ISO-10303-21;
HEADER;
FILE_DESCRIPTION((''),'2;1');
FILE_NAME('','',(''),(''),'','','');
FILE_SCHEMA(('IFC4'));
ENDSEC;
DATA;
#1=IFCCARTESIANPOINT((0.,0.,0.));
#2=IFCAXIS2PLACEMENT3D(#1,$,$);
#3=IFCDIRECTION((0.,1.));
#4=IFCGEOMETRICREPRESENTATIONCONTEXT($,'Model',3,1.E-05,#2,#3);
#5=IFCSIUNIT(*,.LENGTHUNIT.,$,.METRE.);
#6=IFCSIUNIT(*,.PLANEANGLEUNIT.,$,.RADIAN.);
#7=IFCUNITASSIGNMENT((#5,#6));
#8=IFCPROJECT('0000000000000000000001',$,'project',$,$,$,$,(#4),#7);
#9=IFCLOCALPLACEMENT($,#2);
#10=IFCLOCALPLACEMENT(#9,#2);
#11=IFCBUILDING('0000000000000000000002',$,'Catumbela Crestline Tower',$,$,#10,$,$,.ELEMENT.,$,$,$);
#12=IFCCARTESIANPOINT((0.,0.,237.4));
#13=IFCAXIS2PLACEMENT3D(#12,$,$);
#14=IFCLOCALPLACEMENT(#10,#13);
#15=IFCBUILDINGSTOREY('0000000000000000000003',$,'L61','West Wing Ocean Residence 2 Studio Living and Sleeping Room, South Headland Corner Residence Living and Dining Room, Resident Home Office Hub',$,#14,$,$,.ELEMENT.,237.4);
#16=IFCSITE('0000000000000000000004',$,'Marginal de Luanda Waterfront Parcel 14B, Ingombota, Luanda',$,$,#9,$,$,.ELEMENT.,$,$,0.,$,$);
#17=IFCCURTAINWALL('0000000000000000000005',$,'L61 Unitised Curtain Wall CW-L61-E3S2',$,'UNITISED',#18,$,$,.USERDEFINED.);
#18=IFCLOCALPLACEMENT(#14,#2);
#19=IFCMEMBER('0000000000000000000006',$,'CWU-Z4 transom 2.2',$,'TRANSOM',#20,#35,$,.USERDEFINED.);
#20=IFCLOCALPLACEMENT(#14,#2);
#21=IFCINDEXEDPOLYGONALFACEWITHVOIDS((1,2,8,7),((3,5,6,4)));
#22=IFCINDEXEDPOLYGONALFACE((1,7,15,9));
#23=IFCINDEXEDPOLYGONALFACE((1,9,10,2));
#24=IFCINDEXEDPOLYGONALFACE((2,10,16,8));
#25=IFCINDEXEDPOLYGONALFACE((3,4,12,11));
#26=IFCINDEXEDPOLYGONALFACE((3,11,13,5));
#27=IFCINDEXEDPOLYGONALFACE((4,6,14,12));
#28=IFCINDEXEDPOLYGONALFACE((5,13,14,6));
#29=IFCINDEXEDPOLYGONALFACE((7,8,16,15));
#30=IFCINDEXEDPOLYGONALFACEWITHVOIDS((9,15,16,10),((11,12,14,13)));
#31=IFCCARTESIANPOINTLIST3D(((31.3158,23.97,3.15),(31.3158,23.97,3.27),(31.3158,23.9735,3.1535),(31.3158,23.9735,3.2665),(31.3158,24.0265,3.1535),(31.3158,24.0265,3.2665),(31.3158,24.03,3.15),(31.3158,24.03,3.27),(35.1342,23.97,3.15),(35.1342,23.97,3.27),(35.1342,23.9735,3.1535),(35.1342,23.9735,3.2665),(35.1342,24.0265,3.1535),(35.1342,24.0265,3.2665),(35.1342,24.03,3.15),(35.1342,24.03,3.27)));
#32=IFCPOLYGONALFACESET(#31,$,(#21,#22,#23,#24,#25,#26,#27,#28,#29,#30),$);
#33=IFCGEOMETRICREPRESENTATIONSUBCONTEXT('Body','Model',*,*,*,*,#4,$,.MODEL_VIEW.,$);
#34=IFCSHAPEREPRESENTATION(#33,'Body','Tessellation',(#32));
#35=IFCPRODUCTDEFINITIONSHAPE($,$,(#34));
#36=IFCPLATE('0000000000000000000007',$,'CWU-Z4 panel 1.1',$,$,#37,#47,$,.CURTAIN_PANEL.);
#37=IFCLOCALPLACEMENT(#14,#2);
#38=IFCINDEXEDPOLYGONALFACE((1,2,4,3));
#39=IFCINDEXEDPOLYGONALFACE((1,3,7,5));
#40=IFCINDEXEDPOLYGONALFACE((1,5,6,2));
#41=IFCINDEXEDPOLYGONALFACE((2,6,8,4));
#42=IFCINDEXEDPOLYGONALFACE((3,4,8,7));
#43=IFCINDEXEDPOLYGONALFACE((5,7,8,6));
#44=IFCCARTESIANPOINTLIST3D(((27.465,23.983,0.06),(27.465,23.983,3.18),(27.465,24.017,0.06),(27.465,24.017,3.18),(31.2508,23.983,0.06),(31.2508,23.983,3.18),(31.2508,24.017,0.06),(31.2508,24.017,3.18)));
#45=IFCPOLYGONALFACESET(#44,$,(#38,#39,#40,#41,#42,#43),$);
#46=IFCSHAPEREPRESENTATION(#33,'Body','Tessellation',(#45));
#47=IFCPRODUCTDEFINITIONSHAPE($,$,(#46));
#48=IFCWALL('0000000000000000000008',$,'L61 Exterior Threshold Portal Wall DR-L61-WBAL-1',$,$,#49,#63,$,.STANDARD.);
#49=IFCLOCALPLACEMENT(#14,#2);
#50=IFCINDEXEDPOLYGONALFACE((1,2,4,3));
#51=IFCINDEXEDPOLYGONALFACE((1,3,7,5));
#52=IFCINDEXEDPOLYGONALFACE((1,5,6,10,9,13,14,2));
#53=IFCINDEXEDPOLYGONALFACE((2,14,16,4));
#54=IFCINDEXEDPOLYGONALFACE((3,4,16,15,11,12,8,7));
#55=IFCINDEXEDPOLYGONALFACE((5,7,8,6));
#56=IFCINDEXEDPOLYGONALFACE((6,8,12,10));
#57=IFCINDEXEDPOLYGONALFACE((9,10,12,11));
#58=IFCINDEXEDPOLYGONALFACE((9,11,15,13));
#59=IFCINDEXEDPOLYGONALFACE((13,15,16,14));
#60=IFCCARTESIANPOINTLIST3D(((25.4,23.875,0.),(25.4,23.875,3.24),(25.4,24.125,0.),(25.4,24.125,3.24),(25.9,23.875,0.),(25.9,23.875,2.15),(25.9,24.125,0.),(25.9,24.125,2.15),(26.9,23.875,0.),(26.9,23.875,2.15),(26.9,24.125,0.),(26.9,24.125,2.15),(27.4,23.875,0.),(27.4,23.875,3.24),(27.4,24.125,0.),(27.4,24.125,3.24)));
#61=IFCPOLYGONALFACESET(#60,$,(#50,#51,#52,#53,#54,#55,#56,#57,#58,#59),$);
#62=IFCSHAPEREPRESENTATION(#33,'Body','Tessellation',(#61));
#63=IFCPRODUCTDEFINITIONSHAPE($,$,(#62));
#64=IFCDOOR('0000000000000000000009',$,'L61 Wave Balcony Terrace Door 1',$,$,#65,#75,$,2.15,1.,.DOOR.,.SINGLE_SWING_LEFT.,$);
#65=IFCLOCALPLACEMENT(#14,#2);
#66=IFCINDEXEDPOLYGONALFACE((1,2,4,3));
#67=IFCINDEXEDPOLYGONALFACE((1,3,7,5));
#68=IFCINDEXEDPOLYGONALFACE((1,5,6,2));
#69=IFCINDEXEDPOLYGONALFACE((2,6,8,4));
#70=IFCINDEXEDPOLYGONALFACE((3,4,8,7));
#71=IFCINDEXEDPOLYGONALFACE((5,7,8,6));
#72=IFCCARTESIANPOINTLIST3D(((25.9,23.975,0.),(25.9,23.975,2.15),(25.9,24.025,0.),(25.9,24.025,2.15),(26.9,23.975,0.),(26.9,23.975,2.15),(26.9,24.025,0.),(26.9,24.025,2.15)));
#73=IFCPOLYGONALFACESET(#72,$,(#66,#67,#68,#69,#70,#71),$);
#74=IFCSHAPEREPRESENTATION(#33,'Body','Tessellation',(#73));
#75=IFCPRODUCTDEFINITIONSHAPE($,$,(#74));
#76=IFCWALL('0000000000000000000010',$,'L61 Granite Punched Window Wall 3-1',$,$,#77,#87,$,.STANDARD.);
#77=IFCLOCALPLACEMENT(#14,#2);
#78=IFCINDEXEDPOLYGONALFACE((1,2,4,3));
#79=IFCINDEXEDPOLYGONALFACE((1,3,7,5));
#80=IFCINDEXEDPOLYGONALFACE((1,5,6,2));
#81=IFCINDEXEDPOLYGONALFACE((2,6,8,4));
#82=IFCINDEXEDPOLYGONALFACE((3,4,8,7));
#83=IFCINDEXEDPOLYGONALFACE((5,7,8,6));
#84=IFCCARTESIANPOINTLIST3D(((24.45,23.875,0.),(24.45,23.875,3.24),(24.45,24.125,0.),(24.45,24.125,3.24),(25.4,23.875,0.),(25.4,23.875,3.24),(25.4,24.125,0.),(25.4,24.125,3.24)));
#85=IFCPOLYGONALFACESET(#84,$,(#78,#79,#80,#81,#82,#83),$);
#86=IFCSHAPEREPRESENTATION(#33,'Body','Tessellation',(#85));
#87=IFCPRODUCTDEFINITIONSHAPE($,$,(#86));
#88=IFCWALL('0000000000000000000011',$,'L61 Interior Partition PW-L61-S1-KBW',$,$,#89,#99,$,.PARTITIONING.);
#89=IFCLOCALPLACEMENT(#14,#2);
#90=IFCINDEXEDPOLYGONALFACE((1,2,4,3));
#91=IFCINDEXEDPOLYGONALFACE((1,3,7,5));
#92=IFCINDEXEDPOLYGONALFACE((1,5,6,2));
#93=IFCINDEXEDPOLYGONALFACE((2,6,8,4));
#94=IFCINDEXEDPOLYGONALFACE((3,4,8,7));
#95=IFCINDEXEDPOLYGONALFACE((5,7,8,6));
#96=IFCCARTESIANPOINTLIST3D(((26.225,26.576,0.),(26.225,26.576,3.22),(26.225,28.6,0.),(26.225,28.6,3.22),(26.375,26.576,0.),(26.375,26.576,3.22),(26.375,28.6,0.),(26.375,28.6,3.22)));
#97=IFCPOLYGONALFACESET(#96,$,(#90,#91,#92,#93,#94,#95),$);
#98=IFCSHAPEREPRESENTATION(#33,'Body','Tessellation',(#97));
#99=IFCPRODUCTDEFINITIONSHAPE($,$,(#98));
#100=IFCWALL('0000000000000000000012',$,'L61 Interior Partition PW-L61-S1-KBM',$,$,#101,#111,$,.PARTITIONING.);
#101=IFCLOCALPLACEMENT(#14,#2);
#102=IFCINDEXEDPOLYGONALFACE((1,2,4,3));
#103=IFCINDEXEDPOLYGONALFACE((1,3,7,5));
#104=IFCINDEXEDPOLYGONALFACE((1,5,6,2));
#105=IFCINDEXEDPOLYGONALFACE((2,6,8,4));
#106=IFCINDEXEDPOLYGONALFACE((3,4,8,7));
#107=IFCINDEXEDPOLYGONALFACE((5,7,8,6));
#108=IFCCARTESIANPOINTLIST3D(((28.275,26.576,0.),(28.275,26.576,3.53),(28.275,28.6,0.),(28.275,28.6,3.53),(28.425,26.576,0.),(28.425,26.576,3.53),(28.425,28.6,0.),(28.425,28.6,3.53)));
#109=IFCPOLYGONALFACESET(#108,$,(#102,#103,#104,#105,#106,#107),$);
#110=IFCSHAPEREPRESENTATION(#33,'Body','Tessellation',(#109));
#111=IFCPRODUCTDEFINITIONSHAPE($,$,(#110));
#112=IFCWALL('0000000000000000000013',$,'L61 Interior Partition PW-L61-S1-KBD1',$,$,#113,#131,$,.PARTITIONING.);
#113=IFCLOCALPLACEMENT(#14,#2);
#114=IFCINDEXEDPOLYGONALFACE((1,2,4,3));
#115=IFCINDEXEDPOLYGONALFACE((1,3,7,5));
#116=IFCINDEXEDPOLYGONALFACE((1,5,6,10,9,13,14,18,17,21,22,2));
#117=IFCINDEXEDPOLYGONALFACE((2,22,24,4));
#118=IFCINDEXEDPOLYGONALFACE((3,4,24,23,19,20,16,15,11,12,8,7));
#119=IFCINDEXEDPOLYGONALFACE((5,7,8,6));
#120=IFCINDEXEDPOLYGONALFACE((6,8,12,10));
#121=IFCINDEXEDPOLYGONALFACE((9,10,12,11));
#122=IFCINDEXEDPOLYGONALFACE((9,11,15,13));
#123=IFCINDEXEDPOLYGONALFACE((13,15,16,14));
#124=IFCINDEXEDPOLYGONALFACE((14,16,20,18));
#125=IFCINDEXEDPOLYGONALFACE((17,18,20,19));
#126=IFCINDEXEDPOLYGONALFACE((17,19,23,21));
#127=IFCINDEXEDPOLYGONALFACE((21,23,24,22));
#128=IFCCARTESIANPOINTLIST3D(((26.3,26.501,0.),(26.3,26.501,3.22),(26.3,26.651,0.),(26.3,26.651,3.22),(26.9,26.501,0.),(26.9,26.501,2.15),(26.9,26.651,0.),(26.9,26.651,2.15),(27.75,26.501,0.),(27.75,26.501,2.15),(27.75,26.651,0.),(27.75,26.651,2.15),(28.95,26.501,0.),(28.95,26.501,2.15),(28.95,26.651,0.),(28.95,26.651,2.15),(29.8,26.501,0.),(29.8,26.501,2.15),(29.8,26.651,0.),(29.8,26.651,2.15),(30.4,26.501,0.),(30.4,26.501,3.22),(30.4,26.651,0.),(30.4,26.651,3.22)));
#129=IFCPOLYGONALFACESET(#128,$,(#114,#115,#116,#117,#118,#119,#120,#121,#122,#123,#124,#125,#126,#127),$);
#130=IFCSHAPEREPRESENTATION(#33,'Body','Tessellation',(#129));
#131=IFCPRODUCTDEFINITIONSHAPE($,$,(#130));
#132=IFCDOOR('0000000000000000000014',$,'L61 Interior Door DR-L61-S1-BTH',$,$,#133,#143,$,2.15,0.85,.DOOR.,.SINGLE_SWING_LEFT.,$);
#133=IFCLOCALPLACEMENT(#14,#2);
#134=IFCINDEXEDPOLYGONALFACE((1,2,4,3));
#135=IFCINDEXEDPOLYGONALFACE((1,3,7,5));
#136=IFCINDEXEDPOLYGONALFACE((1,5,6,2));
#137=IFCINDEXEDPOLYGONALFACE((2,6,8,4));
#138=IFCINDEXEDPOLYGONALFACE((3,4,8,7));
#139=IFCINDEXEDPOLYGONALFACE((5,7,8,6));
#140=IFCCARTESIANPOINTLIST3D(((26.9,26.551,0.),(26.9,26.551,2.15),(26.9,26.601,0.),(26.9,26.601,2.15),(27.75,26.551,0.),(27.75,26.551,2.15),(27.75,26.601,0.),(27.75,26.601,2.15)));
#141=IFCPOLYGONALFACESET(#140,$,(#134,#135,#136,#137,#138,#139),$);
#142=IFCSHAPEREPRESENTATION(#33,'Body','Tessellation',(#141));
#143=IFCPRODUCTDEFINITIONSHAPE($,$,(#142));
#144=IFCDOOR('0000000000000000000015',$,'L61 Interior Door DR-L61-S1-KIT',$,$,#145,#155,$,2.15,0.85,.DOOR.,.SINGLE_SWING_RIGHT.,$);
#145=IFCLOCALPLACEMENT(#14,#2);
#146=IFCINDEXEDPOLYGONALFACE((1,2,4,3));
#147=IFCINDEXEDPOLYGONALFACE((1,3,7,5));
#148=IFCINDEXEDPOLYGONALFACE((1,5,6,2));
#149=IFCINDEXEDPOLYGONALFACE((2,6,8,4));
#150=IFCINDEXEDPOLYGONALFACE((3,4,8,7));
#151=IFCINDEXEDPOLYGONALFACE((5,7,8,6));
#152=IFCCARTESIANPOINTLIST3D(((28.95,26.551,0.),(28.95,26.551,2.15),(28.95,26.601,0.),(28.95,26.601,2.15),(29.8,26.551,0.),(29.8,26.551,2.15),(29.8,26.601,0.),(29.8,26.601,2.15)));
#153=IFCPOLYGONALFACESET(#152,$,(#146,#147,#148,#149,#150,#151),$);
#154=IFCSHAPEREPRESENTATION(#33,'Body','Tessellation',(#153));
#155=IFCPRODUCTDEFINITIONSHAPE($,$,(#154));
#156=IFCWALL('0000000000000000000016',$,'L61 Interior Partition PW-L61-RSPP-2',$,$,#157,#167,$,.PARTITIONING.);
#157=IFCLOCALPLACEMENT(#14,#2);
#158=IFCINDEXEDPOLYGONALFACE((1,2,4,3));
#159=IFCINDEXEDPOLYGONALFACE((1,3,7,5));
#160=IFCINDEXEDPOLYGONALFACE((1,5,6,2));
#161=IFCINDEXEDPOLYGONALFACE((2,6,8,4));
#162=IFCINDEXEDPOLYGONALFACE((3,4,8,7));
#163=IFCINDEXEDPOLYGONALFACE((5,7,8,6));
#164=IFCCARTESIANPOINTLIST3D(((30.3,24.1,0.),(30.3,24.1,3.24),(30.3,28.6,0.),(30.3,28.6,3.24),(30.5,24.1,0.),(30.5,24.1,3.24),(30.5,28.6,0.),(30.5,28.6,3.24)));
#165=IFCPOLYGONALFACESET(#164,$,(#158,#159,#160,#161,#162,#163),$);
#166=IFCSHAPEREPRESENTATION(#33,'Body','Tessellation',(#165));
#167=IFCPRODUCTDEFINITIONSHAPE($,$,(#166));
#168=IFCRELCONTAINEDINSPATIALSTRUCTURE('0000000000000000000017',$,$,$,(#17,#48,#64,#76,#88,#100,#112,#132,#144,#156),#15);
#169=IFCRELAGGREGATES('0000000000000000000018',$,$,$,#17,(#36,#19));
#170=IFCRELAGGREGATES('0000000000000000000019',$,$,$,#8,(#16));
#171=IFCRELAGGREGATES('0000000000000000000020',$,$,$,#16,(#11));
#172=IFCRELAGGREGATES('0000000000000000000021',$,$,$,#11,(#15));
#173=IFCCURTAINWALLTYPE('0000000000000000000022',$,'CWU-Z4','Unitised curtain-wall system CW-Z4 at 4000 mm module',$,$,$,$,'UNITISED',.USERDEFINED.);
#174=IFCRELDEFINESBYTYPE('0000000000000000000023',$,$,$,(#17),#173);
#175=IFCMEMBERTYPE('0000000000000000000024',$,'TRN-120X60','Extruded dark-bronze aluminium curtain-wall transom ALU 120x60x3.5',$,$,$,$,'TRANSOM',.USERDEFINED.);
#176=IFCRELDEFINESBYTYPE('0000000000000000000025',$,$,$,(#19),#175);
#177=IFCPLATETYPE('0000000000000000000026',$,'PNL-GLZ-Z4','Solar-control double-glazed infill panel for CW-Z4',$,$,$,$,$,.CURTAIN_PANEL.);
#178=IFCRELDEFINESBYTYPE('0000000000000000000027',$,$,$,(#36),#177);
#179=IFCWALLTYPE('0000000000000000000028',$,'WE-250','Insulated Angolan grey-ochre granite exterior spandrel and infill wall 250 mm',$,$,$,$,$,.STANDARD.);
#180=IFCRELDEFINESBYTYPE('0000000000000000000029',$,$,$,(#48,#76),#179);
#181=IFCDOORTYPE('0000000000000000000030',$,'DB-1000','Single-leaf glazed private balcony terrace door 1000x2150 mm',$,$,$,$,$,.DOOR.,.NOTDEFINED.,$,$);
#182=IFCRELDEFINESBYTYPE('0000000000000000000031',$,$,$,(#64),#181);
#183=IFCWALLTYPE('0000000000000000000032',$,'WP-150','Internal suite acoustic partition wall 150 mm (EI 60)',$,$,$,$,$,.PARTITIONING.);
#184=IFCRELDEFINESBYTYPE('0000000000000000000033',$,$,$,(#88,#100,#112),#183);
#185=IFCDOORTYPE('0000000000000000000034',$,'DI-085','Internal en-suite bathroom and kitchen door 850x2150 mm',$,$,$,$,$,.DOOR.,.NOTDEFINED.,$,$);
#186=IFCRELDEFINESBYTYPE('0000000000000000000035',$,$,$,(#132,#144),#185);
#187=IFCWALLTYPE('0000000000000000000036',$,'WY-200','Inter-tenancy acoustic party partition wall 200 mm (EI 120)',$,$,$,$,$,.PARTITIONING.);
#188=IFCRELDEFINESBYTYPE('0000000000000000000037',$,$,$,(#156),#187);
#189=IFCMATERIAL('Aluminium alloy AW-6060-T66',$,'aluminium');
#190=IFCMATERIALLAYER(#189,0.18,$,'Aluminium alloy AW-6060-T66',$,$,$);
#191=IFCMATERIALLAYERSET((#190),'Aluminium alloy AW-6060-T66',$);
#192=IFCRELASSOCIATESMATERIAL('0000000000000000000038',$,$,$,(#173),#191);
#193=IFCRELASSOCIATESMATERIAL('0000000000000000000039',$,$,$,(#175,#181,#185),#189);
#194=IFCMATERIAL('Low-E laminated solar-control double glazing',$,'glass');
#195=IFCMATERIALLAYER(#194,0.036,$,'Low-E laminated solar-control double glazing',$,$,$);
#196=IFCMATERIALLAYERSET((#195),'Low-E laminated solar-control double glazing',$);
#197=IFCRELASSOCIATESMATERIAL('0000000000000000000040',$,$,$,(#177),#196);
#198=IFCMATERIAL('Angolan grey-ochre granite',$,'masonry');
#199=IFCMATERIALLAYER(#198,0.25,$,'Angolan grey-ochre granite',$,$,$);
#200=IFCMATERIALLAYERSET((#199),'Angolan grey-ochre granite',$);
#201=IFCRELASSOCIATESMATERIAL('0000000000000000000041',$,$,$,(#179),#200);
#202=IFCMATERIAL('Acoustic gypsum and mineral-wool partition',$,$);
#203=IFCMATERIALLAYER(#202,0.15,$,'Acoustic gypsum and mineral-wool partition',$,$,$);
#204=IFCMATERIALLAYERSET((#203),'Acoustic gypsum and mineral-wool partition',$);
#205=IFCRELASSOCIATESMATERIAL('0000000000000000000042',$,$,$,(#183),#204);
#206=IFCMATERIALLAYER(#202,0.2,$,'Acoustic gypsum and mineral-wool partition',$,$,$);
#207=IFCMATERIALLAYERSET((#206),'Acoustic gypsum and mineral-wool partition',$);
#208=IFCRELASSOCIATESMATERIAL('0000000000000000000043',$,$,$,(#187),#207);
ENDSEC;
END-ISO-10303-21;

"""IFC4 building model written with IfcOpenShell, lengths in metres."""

from ifc_helpers import new_model, si_unit, direction, frame, frame_2d, origin, origin_2d, place, context, subcontext, project, spatial, rectangle, hollow_rectangle, extrude, material, layer, layer_set, material_profile, profile_set, type_object, element, fill, aggregate, save


model = new_model("IFC4")

# Units and contexts
model_context = context("Model", 3, precision=1e-05, world=origin(), true_north=direction((0.0, 1.0)))
body_context = subcontext(model_context, "Body", "Model", "MODEL_VIEW")
ifc_project = project(units=[si_unit("LENGTHUNIT", "METRE"), si_unit("PLANEANGLEUNIT", "RADIAN")], contexts=[model_context])

# Site, building, storey
site_placement = place(None, origin())
site = spatial("IfcSite", under=ifc_project, at=site_placement, Name="Marginal de Luanda Waterfront Parcel 14B, Ingombota, Luanda", CompositionType="ELEMENT", RefElevation=0.0)
building_placement = place(site_placement, origin())
building = spatial("IfcBuilding", under=site, at=building_placement, Name="Catumbela Crestline Tower", CompositionType="ELEMENT")
storey_placement = place(building_placement, frame((0.0, 0.0, 237.4)))
storey = spatial("IfcBuildingStorey", under=building, at=storey_placement, Name="L61", Description="West Wing Ocean Residence 2 Studio Living and Sleeping Room, South Headland Corner Residence Living and Dining Room, Resident Home Office Hub", CompositionType="ELEMENT", Elevation=237.4)

# Curtain wall, member, plate
ifc_material_1 = material(Name="Aluminium alloy AW-6060-T66", Category="aluminium")
ifc_layer_1 = layer(ifc_material_1, 0.18, Name="Aluminium alloy AW-6060-T66")
ifc_layer_set_1 = layer_set([ifc_layer_1], Name="Aluminium alloy AW-6060-T66")
curtain_wall_type = type_object("IfcCurtainWallType", Name="CWU-Z4", Description="Unitised curtain-wall system CW-Z4 at 4000 mm module", ElementType="UNITISED", PredefinedType="USERDEFINED", material=ifc_layer_set_1)
curtain_wall_placement = place(storey_placement, origin())
curtain_wall = element("IfcCurtainWall", 1, at=curtain_wall_placement, inside=storey, type_object=curtain_wall_type, Name="L61 Unitised Curtain Wall CW-L61-E3S2", ObjectType="UNITISED", PredefinedType="USERDEFINED")
ifc_material_profile_1 = material_profile(ifc_material_1, hollow_rectangle(XDim=0.06, YDim=0.12, WallThickness=0.0035, at=origin_2d()), Name="ALU 120x60x3.5")
ifc_profile_set_1 = profile_set([ifc_material_profile_1], Name="Aluminium alloy AW-6060-T66")
member_type_1 = type_object("IfcMemberType", Name="TRN-120X60", Description="Extruded dark-bronze aluminium curtain-wall transom ALU 120x60x3.5", ElementType="TRANSOM", PredefinedType="USERDEFINED", material=ifc_profile_set_1)
member_1_placement = place(storey_placement, frame((31.3158, 24.0, 3.21), z_axis=(1.0, 0.0, 0.0), x_axis=(0.0, 1.0, 0.0)))
member_1 = element("IfcMember", 2, at=member_1_placement, type_object=member_type_1, Name="CWU-Z4 transom 2.2", ObjectType="TRANSOM", PredefinedType="USERDEFINED", context=body_context, shape_type="SweptSolid", body=[
    extrude(hollow_rectangle(XDim=0.06, YDim=0.12, WallThickness=0.0035, at=origin_2d()), origin(), (0.0, 0.0, 1.0), 3.8184),
])
ifc_material_2 = material(Name="Low-E laminated solar-control double glazing", Category="glass")
ifc_layer_2 = layer(ifc_material_2, 0.036, Name="Low-E laminated solar-control double glazing")
ifc_layer_set_2 = layer_set([ifc_layer_2], Name="Low-E laminated solar-control double glazing")
plate_type = type_object("IfcPlateType", Name="PNL-GLZ-Z4", Description="Solar-control double-glazed infill panel for CW-Z4", PredefinedType="CURTAIN_PANEL", material=ifc_layer_set_2)
plate_placement = place(storey_placement, frame((29.3579, 24.0, 0.06), z_axis=(0.0, 0.0, 1.0), x_axis=(1.0, 0.0, 0.0)))
plate = element("IfcPlate", 3, at=plate_placement, type_object=plate_type, Name="CWU-Z4 panel 1.1", PredefinedType="CURTAIN_PANEL", context=body_context, shape_type="SweptSolid", body=[
    extrude(rectangle(XDim=3.7858, YDim=0.034, at=origin_2d()), origin(), (0.0, 0.0, 1.0), 3.12),
])
aggregate(curtain_wall, [plate, member_1])

# Wall, opening, door
ifc_material_3 = material(Name="Angolan grey-ochre granite", Category="masonry")
ifc_layer_3 = layer(ifc_material_3, 0.25, Name="Angolan grey-ochre granite")
ifc_layer_set_3 = layer_set([ifc_layer_3], Name="Angolan grey-ochre granite")
wall_type_1 = type_object("IfcWallType", Name="WE-250", Description="Insulated Angolan grey-ochre granite exterior spandrel and infill wall 250 mm", PredefinedType="STANDARD", material=ifc_layer_set_3)
wall_1_placement = place(storey_placement, frame((25.4, 24.0, 0.0), z_axis=(0.0, 0.0, 1.0), x_axis=(1.0, 0.0, 0.0)))
wall_1 = element("IfcWall", 4, at=wall_1_placement, inside=storey, type_object=wall_type_1, Name="L61 Exterior Threshold Portal Wall DR-L61-WBAL-1", PredefinedType="STANDARD", context=body_context, shape_type="SweptSolid", body=[
    extrude(rectangle(XDim=2.0, YDim=0.25, at=frame_2d((1.0, 0.0))), origin(), (0.0, 0.0, 1.0), 3.24),
])
opening_1_placement = place(wall_1_placement, frame((0.5, 0.0, 0.0)))
opening_1 = element("IfcOpeningElement", 5, at=opening_1_placement, cuts=wall_1, PredefinedType="OPENING", context=body_context, shape_type="SweptSolid", body=[
    extrude(rectangle(XDim=1.0, YDim=2.15, at=frame_2d((0.5, 1.075))), frame((0.0, 0.135, 0.0), z_axis=(0.0, -1.0, 0.0), x_axis=(1.0, 0.0, 0.0)), (0.0, 0.0, 1.0), 0.27),
])
door_type_1 = type_object("IfcDoorType", Name="DB-1000", Description="Single-leaf glazed private balcony terrace door 1000x2150 mm", OperationType="NOTDEFINED", PredefinedType="DOOR", material=ifc_material_1)
door_1_placement = place(opening_1_placement, origin())
door_1 = element("IfcDoor", 6, at=door_1_placement, inside=storey, type_object=door_type_1, Name="L61 Wave Balcony Terrace Door 1", OperationType="SINGLE_SWING_LEFT", OverallHeight=2.15, OverallWidth=1.0, PredefinedType="DOOR", context=body_context, shape_type="SweptSolid", body=[
    extrude(rectangle(XDim=1.0, YDim=2.15, at=frame_2d((0.5, 1.075))), frame((0.0, 0.025, 0.0), z_axis=(0.0, -1.0, 0.0), x_axis=(1.0, 0.0, 0.0)), (0.0, 0.0, 1.0), 0.05),
])
fill(opening_1, door_1)

# Walls
wall_2_placement = place(storey_placement, frame((24.45, 24.0, 0.0), z_axis=(0.0, 0.0, 1.0), x_axis=(1.0, 0.0, 0.0)))
element("IfcWall", 7, at=wall_2_placement, inside=storey, type_object=wall_type_1, Name="L61 Granite Punched Window Wall 3-1", PredefinedType="STANDARD", context=body_context, shape_type="SweptSolid", body=[
    extrude(rectangle(XDim=0.95, YDim=0.25, at=frame_2d((0.475, 0.0))), origin(), (0.0, 0.0, 1.0), 3.24),
])
ifc_material_4 = material(Name="Acoustic gypsum and mineral-wool partition")
ifc_layer_4 = layer(ifc_material_4, 0.15, Name="Acoustic gypsum and mineral-wool partition")
ifc_layer_set_4 = layer_set([ifc_layer_4], Name="Acoustic gypsum and mineral-wool partition")
wall_type_2 = type_object("IfcWallType", Name="WP-150", Description="Internal suite acoustic partition wall 150 mm (EI 60)", PredefinedType="PARTITIONING", material=ifc_layer_set_4)
wall_3_placement = place(storey_placement, frame((26.3, 26.576, 0.0), z_axis=(0.0, 0.0, 1.0), x_axis=(0.0, 1.0, 0.0)))
element("IfcWall", 8, at=wall_3_placement, inside=storey, type_object=wall_type_2, Name="L61 Interior Partition PW-L61-S1-KBW", PredefinedType="PARTITIONING", context=body_context, shape_type="SweptSolid", body=[
    extrude(rectangle(XDim=2.024, YDim=0.15, at=frame_2d((1.012, 0.0))), origin(), (0.0, 0.0, 1.0), 3.22),
])
wall_4_placement = place(storey_placement, frame((28.35, 26.576, 0.0), z_axis=(0.0, 0.0, 1.0), x_axis=(0.0, 1.0, 0.0)))
element("IfcWall", 9, at=wall_4_placement, inside=storey, type_object=wall_type_2, Name="L61 Interior Partition PW-L61-S1-KBM", PredefinedType="PARTITIONING", context=body_context, shape_type="SweptSolid", body=[
    extrude(rectangle(XDim=2.024, YDim=0.15, at=frame_2d((1.012, 0.0))), origin(), (0.0, 0.0, 1.0), 3.53),
])

# Wall, openings, doors
wall_5_placement = place(storey_placement, frame((26.3, 26.576, 0.0), z_axis=(0.0, 0.0, 1.0), x_axis=(1.0, 0.0, 0.0)))
wall_5 = element("IfcWall", 10, at=wall_5_placement, inside=storey, type_object=wall_type_2, Name="L61 Interior Partition PW-L61-S1-KBD1", PredefinedType="PARTITIONING", context=body_context, shape_type="SweptSolid", body=[
    extrude(rectangle(XDim=4.1, YDim=0.15, at=frame_2d((2.05, 0.0))), origin(), (0.0, 0.0, 1.0), 3.22),
])
opening_2_placement = place(wall_5_placement, frame((0.6, 0.0, 0.0)))
opening_2 = element("IfcOpeningElement", 11, at=opening_2_placement, cuts=wall_5, PredefinedType="OPENING", context=body_context, shape_type="SweptSolid", body=[
    extrude(rectangle(XDim=0.85, YDim=2.15, at=frame_2d((0.425, 1.075))), frame((0.0, 0.085, 0.0), z_axis=(0.0, -1.0, 0.0), x_axis=(1.0, 0.0, 0.0)), (0.0, 0.0, 1.0), 0.17),
])
opening_3_placement = place(wall_5_placement, frame((2.65, 0.0, 0.0)))
opening_3 = element("IfcOpeningElement", 12, at=opening_3_placement, cuts=wall_5, PredefinedType="OPENING", context=body_context, shape_type="SweptSolid", body=[
    extrude(rectangle(XDim=0.85, YDim=2.15, at=frame_2d((0.425, 1.075))), frame((0.0, 0.085, 0.0), z_axis=(0.0, -1.0, 0.0), x_axis=(1.0, 0.0, 0.0)), (0.0, 0.0, 1.0), 0.17),
])
door_type_2 = type_object("IfcDoorType", Name="DI-085", Description="Internal en-suite bathroom and kitchen door 850x2150 mm", OperationType="NOTDEFINED", PredefinedType="DOOR", material=ifc_material_1)
door_2_placement = place(opening_2_placement, origin())
door_2 = element("IfcDoor", 13, at=door_2_placement, inside=storey, type_object=door_type_2, Name="L61 Interior Door DR-L61-S1-BTH", OperationType="SINGLE_SWING_LEFT", OverallHeight=2.15, OverallWidth=0.85, PredefinedType="DOOR", context=body_context, shape_type="SweptSolid", body=[
    extrude(rectangle(XDim=0.85, YDim=2.15, at=frame_2d((0.425, 1.075))), frame((0.0, 0.025, 0.0), z_axis=(0.0, -1.0, 0.0), x_axis=(1.0, 0.0, 0.0)), (0.0, 0.0, 1.0), 0.05),
])
fill(opening_2, door_2)
door_3_placement = place(opening_3_placement, origin())
door_3 = element("IfcDoor", 14, at=door_3_placement, inside=storey, type_object=door_type_2, Name="L61 Interior Door DR-L61-S1-KIT", OperationType="SINGLE_SWING_RIGHT", OverallHeight=2.15, OverallWidth=0.85, PredefinedType="DOOR", context=body_context, shape_type="SweptSolid", body=[
    extrude(rectangle(XDim=0.85, YDim=2.15, at=frame_2d((0.425, 1.075))), frame((0.0, 0.025, 0.0), z_axis=(0.0, -1.0, 0.0), x_axis=(1.0, 0.0, 0.0)), (0.0, 0.0, 1.0), 0.05),
])
fill(opening_3, door_3)

# Wall
ifc_layer_5 = layer(ifc_material_4, 0.2, Name="Acoustic gypsum and mineral-wool partition")
ifc_layer_set_5 = layer_set([ifc_layer_5], Name="Acoustic gypsum and mineral-wool partition")
wall_type_3 = type_object("IfcWallType", Name="WY-200", Description="Inter-tenancy acoustic party partition wall 200 mm (EI 120)", PredefinedType="PARTITIONING", material=ifc_layer_set_5)
wall_6_placement = place(storey_placement, frame((30.4, 24.1, 0.0), z_axis=(0.0, 0.0, 1.0), x_axis=(0.0, 1.0, 0.0)))
element("IfcWall", 15, at=wall_6_placement, inside=storey, type_object=wall_type_3, Name="L61 Interior Partition PW-L61-RSPP-2", PredefinedType="PARTITIONING", context=body_context, shape_type="SweptSolid", body=[
    extrude(rectangle(XDim=4.5, YDim=0.2, at=frame_2d((2.25, 0.0))), origin(), (0.0, 0.0, 1.0), 3.24),
])

save(model, "model.ifc")
